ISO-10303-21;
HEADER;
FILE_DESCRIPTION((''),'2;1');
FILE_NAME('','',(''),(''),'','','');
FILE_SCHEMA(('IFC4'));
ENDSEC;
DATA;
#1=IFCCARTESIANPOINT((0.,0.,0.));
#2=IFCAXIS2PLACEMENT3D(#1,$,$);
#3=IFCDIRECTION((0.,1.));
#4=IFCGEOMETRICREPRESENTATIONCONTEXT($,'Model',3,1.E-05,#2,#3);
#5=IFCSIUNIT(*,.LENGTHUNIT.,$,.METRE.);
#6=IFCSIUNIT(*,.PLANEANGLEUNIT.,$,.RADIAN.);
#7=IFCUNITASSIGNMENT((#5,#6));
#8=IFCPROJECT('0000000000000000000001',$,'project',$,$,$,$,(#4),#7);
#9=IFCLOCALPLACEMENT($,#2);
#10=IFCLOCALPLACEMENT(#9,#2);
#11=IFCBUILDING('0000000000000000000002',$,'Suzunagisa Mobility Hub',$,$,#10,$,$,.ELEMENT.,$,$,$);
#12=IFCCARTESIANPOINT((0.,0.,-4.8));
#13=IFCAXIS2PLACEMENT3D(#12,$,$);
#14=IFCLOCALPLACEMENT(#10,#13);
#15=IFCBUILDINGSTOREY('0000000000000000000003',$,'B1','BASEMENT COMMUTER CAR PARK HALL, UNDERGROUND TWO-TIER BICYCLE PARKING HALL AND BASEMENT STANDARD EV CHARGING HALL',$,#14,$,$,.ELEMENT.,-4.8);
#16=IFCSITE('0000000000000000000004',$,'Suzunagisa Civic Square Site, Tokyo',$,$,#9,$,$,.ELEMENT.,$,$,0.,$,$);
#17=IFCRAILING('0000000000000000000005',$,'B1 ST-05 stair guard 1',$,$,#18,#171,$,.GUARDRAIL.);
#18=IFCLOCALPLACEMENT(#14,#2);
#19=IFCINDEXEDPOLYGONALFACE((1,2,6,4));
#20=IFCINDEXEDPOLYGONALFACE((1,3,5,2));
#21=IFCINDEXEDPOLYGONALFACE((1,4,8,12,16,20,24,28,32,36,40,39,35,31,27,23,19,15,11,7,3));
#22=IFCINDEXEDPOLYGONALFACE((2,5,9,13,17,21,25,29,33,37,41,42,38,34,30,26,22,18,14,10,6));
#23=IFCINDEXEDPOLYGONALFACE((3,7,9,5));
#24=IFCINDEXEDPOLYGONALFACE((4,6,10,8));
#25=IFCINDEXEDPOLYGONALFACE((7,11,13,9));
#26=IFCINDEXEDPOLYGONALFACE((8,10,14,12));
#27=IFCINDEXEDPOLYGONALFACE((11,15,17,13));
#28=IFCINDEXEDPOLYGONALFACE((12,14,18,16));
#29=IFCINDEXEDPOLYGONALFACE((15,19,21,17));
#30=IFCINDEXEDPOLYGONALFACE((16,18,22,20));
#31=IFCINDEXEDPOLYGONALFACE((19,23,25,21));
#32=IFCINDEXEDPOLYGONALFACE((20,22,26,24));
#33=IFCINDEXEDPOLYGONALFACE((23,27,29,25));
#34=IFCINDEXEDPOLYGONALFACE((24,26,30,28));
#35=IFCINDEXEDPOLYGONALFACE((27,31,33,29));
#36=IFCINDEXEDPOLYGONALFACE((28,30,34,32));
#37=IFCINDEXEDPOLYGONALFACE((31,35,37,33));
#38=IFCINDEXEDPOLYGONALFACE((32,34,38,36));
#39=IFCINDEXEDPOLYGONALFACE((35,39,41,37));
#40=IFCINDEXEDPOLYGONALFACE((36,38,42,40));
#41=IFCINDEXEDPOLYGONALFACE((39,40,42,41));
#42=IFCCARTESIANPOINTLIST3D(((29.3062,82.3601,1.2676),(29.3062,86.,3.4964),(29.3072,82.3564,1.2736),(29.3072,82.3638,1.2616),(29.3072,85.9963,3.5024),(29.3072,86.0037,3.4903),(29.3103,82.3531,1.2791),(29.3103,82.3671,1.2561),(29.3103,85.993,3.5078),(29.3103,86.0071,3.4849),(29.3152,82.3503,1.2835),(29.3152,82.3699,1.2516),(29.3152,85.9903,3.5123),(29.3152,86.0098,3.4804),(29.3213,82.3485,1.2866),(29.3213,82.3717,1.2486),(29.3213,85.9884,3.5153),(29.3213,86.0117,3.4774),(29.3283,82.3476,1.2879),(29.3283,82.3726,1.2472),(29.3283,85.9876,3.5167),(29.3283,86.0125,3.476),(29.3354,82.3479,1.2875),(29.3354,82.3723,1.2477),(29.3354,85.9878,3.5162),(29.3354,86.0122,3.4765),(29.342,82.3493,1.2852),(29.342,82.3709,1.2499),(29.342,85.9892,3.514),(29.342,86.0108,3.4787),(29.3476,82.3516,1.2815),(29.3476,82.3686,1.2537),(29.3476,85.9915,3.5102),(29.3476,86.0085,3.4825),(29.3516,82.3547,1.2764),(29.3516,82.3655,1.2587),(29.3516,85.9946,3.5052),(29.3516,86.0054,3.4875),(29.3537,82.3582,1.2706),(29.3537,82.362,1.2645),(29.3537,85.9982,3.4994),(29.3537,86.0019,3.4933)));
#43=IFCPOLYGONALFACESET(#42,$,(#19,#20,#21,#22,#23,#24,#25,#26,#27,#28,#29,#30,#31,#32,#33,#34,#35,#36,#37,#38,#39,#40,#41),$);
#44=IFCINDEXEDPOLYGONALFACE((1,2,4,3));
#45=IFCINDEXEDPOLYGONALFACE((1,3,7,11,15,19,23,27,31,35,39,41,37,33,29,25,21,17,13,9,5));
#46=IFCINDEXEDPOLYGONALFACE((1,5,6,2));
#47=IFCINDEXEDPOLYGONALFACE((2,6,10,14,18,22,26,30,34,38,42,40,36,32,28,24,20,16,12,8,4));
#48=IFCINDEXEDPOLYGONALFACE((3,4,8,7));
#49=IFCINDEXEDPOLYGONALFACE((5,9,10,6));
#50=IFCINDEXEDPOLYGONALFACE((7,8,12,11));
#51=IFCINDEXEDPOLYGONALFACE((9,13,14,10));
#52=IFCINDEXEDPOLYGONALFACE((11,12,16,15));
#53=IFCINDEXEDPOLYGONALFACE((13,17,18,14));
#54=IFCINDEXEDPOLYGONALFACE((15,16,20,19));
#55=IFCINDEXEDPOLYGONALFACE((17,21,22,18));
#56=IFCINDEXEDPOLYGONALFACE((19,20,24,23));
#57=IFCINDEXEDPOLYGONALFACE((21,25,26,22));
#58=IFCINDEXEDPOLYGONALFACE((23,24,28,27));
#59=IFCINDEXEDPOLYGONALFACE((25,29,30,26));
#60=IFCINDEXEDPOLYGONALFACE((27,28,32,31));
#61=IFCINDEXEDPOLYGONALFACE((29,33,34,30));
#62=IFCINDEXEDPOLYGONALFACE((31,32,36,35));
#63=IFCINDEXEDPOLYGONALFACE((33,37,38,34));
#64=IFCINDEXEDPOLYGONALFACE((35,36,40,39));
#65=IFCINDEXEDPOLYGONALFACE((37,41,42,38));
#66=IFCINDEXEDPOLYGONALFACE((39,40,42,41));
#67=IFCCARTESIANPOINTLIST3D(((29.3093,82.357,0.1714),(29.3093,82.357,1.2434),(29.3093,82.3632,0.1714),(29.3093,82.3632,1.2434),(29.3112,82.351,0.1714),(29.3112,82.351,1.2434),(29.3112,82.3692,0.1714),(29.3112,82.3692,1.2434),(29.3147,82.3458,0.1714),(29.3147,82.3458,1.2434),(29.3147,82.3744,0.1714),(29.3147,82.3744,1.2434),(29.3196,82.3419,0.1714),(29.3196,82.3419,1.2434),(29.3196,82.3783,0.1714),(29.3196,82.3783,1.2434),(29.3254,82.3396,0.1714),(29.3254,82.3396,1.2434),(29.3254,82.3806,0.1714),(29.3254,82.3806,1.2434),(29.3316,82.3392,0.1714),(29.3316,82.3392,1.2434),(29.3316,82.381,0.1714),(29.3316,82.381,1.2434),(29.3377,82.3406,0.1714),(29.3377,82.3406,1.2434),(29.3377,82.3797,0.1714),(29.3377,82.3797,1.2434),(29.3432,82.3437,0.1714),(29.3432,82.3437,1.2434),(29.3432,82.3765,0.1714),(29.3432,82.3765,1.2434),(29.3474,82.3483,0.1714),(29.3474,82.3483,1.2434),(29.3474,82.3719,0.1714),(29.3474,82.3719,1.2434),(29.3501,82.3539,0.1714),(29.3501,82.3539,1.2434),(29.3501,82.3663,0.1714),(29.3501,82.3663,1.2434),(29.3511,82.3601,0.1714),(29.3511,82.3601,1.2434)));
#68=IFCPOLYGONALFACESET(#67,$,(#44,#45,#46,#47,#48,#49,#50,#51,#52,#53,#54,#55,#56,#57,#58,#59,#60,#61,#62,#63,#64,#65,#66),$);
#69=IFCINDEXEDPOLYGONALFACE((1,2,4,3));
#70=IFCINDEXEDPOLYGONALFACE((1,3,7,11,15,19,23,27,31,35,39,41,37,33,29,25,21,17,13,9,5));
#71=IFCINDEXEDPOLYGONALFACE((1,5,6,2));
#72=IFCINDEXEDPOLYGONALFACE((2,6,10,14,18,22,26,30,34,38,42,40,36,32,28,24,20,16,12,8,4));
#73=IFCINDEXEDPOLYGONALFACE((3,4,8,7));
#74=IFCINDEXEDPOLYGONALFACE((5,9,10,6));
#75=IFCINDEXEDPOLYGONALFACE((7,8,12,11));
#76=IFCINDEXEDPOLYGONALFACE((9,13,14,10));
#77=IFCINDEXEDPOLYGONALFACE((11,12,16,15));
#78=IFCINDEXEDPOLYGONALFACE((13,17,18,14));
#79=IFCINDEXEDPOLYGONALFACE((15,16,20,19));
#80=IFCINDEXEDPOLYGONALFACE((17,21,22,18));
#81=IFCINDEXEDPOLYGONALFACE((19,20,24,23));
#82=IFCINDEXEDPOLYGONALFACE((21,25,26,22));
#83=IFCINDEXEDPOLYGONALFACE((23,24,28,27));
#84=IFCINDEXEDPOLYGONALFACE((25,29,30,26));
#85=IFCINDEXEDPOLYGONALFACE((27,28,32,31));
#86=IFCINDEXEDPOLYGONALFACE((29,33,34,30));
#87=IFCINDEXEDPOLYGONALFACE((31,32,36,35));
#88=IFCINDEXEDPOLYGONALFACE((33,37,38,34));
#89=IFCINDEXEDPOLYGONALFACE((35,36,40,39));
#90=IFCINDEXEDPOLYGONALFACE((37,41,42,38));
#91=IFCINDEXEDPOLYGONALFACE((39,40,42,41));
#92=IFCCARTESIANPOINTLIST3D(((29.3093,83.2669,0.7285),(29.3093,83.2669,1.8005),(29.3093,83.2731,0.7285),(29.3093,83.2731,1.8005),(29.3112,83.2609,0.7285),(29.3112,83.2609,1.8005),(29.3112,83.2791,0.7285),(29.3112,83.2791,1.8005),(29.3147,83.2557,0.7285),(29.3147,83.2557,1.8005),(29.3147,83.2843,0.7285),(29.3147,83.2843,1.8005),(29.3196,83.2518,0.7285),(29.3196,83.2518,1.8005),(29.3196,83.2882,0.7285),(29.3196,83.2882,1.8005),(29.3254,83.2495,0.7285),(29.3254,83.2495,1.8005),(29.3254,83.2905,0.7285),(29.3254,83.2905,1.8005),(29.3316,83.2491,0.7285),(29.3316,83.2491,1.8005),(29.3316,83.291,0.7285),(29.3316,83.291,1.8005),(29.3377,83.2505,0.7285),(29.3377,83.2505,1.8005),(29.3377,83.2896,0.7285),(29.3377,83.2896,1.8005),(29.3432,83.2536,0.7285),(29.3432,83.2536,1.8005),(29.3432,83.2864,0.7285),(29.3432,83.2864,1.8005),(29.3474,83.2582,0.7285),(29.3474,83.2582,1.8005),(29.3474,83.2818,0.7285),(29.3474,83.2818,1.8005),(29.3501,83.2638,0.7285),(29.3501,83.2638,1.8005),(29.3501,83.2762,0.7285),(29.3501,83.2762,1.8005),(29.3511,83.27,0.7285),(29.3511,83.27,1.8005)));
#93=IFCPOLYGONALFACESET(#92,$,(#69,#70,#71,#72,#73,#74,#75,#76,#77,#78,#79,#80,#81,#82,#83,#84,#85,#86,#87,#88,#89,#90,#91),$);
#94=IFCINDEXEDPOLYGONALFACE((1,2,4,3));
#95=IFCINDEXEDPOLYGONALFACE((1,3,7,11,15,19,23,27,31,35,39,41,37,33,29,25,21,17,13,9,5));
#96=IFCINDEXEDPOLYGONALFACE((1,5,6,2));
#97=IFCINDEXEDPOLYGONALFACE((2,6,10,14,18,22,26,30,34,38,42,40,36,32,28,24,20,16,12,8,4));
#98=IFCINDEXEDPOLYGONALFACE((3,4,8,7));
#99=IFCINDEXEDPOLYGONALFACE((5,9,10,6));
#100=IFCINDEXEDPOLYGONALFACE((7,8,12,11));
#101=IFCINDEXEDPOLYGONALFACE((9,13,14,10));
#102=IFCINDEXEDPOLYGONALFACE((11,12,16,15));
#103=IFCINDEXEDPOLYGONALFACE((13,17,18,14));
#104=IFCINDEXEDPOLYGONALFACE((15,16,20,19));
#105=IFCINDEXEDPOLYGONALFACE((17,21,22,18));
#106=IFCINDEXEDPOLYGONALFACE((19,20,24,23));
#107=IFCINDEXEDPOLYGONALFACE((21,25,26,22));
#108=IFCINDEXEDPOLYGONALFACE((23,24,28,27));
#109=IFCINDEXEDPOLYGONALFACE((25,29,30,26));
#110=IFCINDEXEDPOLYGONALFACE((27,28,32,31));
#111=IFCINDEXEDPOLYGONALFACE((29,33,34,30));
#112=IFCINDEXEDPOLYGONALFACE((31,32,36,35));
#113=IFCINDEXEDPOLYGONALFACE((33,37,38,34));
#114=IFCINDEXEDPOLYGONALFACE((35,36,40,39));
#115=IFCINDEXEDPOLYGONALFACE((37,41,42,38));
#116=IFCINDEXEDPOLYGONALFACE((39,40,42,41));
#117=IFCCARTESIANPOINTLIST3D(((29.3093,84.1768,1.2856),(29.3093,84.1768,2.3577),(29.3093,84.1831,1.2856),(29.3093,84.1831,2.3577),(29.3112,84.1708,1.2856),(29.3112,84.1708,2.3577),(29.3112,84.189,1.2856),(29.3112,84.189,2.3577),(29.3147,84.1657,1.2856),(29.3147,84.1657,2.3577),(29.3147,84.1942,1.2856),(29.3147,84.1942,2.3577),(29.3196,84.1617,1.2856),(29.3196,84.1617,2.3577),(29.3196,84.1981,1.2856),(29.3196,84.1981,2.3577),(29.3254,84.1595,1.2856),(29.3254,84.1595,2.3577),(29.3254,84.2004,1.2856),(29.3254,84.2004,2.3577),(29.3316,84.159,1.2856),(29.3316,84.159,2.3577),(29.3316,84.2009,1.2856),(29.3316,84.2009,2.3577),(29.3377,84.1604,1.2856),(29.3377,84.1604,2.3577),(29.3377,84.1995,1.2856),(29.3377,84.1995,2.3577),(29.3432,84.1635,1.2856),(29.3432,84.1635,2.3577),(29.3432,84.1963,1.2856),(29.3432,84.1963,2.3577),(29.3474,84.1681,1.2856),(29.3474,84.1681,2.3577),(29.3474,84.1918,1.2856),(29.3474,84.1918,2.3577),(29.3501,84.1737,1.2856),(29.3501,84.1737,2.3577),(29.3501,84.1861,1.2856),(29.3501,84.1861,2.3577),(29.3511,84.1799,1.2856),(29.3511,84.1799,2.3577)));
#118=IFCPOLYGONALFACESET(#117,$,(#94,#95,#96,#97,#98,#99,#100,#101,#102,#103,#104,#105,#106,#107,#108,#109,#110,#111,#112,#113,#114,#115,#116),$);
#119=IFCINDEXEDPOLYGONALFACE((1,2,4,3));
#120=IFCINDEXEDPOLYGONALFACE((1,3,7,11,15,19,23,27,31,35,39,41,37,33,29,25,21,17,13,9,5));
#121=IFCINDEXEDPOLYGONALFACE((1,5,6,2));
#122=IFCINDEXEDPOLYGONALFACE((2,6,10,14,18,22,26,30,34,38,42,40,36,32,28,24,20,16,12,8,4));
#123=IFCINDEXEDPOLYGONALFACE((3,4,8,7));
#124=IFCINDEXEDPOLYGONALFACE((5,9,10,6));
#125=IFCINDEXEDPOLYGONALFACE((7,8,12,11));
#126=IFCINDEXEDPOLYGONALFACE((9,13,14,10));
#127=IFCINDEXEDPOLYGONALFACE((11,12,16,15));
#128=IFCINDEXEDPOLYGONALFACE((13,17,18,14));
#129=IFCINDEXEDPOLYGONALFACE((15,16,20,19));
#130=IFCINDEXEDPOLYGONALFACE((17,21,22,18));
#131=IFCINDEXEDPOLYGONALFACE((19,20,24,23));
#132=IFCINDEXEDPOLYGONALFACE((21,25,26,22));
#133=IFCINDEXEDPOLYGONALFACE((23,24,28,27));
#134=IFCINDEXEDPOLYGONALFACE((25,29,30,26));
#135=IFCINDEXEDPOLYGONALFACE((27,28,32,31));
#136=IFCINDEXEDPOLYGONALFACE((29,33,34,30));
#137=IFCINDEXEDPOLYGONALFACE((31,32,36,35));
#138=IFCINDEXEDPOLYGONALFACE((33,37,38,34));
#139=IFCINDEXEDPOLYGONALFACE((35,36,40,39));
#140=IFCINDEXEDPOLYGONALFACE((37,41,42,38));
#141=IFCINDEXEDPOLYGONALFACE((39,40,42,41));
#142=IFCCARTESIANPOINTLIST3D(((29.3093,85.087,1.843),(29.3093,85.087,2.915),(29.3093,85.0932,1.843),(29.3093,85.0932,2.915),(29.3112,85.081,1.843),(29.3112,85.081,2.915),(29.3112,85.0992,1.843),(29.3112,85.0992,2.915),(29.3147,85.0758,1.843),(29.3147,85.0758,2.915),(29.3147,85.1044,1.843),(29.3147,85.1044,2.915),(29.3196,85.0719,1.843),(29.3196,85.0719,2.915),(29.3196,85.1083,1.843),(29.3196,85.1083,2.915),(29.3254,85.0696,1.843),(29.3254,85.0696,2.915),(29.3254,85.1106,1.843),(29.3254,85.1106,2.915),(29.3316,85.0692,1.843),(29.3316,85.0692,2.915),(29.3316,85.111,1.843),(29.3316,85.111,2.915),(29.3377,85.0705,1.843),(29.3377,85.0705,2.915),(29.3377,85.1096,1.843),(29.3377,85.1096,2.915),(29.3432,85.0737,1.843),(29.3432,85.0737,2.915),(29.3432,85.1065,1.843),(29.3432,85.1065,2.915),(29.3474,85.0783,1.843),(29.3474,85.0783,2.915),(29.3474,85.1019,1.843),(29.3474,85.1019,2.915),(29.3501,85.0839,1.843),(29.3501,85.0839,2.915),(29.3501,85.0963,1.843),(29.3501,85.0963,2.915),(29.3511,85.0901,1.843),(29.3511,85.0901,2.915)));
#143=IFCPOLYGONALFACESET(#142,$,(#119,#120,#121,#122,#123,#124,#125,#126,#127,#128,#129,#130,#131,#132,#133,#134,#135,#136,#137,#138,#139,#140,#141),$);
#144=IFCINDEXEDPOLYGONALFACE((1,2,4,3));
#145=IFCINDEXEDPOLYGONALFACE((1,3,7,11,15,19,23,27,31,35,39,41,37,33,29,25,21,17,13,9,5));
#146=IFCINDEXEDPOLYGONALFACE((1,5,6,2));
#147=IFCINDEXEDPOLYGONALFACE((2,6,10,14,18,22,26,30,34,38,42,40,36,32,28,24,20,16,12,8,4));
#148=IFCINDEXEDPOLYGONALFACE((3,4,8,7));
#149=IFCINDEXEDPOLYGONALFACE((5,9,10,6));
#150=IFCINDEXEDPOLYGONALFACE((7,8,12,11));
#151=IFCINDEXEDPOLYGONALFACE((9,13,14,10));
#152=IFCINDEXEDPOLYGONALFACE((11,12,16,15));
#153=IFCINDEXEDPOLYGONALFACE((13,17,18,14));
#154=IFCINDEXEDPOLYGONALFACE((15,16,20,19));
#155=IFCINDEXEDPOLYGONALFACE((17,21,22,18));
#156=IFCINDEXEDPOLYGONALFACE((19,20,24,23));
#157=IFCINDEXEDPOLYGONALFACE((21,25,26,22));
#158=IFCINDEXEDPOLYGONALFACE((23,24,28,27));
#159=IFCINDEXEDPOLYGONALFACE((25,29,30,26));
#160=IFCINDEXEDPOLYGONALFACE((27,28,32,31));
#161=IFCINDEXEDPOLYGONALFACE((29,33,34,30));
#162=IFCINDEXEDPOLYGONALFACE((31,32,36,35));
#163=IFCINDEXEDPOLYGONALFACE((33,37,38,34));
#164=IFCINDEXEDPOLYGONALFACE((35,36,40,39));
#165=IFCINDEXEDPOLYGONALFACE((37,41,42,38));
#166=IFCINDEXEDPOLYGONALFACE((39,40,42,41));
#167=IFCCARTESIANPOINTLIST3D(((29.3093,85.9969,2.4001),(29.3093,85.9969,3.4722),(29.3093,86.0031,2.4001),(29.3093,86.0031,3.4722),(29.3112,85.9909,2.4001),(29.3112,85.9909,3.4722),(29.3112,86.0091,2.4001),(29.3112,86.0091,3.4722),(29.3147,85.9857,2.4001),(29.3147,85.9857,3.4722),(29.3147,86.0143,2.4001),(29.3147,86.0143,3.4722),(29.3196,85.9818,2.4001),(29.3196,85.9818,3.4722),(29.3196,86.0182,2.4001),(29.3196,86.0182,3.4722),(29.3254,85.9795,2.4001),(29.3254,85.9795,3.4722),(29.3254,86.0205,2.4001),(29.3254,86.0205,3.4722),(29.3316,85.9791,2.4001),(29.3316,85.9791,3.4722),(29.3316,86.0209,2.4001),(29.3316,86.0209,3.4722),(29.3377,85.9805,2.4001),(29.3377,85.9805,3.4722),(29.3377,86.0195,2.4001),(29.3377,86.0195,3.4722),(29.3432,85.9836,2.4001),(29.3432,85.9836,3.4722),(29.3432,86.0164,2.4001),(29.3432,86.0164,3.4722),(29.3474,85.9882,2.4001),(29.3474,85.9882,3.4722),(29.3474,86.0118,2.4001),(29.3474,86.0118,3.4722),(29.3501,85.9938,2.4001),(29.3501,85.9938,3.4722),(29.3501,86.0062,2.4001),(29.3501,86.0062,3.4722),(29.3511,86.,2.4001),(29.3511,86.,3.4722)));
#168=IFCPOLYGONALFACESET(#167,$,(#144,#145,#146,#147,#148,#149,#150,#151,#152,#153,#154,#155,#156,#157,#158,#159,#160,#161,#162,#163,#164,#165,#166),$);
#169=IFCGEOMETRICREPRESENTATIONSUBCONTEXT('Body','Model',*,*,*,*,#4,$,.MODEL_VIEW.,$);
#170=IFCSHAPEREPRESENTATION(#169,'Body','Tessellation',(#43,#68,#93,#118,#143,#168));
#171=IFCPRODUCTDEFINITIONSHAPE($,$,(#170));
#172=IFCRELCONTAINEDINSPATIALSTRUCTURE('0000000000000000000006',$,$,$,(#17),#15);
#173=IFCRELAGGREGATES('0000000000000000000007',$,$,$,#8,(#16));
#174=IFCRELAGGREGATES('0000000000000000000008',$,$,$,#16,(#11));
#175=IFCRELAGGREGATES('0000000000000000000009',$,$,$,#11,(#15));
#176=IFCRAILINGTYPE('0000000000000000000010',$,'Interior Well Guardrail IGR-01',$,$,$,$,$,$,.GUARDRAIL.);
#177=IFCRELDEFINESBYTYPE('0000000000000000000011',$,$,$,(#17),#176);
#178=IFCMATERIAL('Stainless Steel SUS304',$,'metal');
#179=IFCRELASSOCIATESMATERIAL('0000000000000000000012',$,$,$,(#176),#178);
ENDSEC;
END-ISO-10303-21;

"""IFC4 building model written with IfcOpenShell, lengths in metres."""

from ifc_helpers import new_model, si_unit, direction, frame, origin, origin_2d, place, context, subcontext, project, spatial, circle, extrude, material, type_object, element, save


model = new_model("IFC4")

# Units and contexts
model_context = context("Model", 3, precision=1e-05, world=origin(), true_north=direction((0.0, 1.0)))
body_context = subcontext(model_context, "Body", "Model", "MODEL_VIEW")
ifc_project = project(units=[si_unit("LENGTHUNIT", "METRE"), si_unit("PLANEANGLEUNIT", "RADIAN")], contexts=[model_context])

# Site, building, storey
site_placement = place(None, origin())
site = spatial("IfcSite", under=ifc_project, at=site_placement, Name="Suzunagisa Civic Square Site, Tokyo", CompositionType="ELEMENT", RefElevation=0.0)
building_placement = place(site_placement, origin())
building = spatial("IfcBuilding", under=site, at=building_placement, Name="Suzunagisa Mobility Hub", CompositionType="ELEMENT")
storey_placement = place(building_placement, frame((0.0, 0.0, -4.8)))
storey = spatial("IfcBuildingStorey", under=building, at=storey_placement, Name="B1", Description="BASEMENT COMMUTER CAR PARK HALL, UNDERGROUND TWO-TIER BICYCLE PARKING HALL AND BASEMENT STANDARD EV CHARGING HALL", CompositionType="ELEMENT", Elevation=-4.8)

# Railing
ifc_material_1 = material(Name="Stainless Steel SUS304", Category="metal")
railing_type_1 = type_object("IfcRailingType", Name="Interior Well Guardrail IGR-01", PredefinedType="GUARDRAIL", material=ifc_material_1)
railing_1_placement = place(storey_placement, frame((29.3301, 82.3601, 0.1714)))
element("IfcRailing", 1, at=railing_1_placement, inside=storey, type_object=railing_type_1, Name="B1 ST-05 stair guard 1", PredefinedType="GUARDRAIL", context=body_context, shape_type="SweptSolid", body=[
    extrude(circle(Radius=0.0239, at=origin_2d()), frame((0.0, 0.0, 1.0962), z_axis=(0.0, 0.852825, 0.522197), x_axis=(-1.0, 0.0, 0.0)), (0.0, 0.0, 1.0), 4.2681),
    extrude(circle(Radius=0.021, at=origin_2d()), origin(), (0.0, 0.0, 1.0), 1.072),
    extrude(circle(Radius=0.021, at=origin_2d()), frame((0.0, 0.9099, 0.5571)), (0.0, 0.0, 1.0), 1.072),
    extrude(circle(Radius=0.021, at=origin_2d()), frame((0.0, 1.8198, 1.1143)), (0.0, 0.0, 1.0), 1.072),
    extrude(circle(Radius=0.021, at=origin_2d()), frame((0.0, 2.73, 1.6716)), (0.0, 0.0, 1.0), 1.072),
    extrude(circle(Radius=0.021, at=origin_2d()), frame((0.0, 3.6399, 2.2288)), (0.0, 0.0, 1.0), 1.072),
])

save(model, "model.ifc")
